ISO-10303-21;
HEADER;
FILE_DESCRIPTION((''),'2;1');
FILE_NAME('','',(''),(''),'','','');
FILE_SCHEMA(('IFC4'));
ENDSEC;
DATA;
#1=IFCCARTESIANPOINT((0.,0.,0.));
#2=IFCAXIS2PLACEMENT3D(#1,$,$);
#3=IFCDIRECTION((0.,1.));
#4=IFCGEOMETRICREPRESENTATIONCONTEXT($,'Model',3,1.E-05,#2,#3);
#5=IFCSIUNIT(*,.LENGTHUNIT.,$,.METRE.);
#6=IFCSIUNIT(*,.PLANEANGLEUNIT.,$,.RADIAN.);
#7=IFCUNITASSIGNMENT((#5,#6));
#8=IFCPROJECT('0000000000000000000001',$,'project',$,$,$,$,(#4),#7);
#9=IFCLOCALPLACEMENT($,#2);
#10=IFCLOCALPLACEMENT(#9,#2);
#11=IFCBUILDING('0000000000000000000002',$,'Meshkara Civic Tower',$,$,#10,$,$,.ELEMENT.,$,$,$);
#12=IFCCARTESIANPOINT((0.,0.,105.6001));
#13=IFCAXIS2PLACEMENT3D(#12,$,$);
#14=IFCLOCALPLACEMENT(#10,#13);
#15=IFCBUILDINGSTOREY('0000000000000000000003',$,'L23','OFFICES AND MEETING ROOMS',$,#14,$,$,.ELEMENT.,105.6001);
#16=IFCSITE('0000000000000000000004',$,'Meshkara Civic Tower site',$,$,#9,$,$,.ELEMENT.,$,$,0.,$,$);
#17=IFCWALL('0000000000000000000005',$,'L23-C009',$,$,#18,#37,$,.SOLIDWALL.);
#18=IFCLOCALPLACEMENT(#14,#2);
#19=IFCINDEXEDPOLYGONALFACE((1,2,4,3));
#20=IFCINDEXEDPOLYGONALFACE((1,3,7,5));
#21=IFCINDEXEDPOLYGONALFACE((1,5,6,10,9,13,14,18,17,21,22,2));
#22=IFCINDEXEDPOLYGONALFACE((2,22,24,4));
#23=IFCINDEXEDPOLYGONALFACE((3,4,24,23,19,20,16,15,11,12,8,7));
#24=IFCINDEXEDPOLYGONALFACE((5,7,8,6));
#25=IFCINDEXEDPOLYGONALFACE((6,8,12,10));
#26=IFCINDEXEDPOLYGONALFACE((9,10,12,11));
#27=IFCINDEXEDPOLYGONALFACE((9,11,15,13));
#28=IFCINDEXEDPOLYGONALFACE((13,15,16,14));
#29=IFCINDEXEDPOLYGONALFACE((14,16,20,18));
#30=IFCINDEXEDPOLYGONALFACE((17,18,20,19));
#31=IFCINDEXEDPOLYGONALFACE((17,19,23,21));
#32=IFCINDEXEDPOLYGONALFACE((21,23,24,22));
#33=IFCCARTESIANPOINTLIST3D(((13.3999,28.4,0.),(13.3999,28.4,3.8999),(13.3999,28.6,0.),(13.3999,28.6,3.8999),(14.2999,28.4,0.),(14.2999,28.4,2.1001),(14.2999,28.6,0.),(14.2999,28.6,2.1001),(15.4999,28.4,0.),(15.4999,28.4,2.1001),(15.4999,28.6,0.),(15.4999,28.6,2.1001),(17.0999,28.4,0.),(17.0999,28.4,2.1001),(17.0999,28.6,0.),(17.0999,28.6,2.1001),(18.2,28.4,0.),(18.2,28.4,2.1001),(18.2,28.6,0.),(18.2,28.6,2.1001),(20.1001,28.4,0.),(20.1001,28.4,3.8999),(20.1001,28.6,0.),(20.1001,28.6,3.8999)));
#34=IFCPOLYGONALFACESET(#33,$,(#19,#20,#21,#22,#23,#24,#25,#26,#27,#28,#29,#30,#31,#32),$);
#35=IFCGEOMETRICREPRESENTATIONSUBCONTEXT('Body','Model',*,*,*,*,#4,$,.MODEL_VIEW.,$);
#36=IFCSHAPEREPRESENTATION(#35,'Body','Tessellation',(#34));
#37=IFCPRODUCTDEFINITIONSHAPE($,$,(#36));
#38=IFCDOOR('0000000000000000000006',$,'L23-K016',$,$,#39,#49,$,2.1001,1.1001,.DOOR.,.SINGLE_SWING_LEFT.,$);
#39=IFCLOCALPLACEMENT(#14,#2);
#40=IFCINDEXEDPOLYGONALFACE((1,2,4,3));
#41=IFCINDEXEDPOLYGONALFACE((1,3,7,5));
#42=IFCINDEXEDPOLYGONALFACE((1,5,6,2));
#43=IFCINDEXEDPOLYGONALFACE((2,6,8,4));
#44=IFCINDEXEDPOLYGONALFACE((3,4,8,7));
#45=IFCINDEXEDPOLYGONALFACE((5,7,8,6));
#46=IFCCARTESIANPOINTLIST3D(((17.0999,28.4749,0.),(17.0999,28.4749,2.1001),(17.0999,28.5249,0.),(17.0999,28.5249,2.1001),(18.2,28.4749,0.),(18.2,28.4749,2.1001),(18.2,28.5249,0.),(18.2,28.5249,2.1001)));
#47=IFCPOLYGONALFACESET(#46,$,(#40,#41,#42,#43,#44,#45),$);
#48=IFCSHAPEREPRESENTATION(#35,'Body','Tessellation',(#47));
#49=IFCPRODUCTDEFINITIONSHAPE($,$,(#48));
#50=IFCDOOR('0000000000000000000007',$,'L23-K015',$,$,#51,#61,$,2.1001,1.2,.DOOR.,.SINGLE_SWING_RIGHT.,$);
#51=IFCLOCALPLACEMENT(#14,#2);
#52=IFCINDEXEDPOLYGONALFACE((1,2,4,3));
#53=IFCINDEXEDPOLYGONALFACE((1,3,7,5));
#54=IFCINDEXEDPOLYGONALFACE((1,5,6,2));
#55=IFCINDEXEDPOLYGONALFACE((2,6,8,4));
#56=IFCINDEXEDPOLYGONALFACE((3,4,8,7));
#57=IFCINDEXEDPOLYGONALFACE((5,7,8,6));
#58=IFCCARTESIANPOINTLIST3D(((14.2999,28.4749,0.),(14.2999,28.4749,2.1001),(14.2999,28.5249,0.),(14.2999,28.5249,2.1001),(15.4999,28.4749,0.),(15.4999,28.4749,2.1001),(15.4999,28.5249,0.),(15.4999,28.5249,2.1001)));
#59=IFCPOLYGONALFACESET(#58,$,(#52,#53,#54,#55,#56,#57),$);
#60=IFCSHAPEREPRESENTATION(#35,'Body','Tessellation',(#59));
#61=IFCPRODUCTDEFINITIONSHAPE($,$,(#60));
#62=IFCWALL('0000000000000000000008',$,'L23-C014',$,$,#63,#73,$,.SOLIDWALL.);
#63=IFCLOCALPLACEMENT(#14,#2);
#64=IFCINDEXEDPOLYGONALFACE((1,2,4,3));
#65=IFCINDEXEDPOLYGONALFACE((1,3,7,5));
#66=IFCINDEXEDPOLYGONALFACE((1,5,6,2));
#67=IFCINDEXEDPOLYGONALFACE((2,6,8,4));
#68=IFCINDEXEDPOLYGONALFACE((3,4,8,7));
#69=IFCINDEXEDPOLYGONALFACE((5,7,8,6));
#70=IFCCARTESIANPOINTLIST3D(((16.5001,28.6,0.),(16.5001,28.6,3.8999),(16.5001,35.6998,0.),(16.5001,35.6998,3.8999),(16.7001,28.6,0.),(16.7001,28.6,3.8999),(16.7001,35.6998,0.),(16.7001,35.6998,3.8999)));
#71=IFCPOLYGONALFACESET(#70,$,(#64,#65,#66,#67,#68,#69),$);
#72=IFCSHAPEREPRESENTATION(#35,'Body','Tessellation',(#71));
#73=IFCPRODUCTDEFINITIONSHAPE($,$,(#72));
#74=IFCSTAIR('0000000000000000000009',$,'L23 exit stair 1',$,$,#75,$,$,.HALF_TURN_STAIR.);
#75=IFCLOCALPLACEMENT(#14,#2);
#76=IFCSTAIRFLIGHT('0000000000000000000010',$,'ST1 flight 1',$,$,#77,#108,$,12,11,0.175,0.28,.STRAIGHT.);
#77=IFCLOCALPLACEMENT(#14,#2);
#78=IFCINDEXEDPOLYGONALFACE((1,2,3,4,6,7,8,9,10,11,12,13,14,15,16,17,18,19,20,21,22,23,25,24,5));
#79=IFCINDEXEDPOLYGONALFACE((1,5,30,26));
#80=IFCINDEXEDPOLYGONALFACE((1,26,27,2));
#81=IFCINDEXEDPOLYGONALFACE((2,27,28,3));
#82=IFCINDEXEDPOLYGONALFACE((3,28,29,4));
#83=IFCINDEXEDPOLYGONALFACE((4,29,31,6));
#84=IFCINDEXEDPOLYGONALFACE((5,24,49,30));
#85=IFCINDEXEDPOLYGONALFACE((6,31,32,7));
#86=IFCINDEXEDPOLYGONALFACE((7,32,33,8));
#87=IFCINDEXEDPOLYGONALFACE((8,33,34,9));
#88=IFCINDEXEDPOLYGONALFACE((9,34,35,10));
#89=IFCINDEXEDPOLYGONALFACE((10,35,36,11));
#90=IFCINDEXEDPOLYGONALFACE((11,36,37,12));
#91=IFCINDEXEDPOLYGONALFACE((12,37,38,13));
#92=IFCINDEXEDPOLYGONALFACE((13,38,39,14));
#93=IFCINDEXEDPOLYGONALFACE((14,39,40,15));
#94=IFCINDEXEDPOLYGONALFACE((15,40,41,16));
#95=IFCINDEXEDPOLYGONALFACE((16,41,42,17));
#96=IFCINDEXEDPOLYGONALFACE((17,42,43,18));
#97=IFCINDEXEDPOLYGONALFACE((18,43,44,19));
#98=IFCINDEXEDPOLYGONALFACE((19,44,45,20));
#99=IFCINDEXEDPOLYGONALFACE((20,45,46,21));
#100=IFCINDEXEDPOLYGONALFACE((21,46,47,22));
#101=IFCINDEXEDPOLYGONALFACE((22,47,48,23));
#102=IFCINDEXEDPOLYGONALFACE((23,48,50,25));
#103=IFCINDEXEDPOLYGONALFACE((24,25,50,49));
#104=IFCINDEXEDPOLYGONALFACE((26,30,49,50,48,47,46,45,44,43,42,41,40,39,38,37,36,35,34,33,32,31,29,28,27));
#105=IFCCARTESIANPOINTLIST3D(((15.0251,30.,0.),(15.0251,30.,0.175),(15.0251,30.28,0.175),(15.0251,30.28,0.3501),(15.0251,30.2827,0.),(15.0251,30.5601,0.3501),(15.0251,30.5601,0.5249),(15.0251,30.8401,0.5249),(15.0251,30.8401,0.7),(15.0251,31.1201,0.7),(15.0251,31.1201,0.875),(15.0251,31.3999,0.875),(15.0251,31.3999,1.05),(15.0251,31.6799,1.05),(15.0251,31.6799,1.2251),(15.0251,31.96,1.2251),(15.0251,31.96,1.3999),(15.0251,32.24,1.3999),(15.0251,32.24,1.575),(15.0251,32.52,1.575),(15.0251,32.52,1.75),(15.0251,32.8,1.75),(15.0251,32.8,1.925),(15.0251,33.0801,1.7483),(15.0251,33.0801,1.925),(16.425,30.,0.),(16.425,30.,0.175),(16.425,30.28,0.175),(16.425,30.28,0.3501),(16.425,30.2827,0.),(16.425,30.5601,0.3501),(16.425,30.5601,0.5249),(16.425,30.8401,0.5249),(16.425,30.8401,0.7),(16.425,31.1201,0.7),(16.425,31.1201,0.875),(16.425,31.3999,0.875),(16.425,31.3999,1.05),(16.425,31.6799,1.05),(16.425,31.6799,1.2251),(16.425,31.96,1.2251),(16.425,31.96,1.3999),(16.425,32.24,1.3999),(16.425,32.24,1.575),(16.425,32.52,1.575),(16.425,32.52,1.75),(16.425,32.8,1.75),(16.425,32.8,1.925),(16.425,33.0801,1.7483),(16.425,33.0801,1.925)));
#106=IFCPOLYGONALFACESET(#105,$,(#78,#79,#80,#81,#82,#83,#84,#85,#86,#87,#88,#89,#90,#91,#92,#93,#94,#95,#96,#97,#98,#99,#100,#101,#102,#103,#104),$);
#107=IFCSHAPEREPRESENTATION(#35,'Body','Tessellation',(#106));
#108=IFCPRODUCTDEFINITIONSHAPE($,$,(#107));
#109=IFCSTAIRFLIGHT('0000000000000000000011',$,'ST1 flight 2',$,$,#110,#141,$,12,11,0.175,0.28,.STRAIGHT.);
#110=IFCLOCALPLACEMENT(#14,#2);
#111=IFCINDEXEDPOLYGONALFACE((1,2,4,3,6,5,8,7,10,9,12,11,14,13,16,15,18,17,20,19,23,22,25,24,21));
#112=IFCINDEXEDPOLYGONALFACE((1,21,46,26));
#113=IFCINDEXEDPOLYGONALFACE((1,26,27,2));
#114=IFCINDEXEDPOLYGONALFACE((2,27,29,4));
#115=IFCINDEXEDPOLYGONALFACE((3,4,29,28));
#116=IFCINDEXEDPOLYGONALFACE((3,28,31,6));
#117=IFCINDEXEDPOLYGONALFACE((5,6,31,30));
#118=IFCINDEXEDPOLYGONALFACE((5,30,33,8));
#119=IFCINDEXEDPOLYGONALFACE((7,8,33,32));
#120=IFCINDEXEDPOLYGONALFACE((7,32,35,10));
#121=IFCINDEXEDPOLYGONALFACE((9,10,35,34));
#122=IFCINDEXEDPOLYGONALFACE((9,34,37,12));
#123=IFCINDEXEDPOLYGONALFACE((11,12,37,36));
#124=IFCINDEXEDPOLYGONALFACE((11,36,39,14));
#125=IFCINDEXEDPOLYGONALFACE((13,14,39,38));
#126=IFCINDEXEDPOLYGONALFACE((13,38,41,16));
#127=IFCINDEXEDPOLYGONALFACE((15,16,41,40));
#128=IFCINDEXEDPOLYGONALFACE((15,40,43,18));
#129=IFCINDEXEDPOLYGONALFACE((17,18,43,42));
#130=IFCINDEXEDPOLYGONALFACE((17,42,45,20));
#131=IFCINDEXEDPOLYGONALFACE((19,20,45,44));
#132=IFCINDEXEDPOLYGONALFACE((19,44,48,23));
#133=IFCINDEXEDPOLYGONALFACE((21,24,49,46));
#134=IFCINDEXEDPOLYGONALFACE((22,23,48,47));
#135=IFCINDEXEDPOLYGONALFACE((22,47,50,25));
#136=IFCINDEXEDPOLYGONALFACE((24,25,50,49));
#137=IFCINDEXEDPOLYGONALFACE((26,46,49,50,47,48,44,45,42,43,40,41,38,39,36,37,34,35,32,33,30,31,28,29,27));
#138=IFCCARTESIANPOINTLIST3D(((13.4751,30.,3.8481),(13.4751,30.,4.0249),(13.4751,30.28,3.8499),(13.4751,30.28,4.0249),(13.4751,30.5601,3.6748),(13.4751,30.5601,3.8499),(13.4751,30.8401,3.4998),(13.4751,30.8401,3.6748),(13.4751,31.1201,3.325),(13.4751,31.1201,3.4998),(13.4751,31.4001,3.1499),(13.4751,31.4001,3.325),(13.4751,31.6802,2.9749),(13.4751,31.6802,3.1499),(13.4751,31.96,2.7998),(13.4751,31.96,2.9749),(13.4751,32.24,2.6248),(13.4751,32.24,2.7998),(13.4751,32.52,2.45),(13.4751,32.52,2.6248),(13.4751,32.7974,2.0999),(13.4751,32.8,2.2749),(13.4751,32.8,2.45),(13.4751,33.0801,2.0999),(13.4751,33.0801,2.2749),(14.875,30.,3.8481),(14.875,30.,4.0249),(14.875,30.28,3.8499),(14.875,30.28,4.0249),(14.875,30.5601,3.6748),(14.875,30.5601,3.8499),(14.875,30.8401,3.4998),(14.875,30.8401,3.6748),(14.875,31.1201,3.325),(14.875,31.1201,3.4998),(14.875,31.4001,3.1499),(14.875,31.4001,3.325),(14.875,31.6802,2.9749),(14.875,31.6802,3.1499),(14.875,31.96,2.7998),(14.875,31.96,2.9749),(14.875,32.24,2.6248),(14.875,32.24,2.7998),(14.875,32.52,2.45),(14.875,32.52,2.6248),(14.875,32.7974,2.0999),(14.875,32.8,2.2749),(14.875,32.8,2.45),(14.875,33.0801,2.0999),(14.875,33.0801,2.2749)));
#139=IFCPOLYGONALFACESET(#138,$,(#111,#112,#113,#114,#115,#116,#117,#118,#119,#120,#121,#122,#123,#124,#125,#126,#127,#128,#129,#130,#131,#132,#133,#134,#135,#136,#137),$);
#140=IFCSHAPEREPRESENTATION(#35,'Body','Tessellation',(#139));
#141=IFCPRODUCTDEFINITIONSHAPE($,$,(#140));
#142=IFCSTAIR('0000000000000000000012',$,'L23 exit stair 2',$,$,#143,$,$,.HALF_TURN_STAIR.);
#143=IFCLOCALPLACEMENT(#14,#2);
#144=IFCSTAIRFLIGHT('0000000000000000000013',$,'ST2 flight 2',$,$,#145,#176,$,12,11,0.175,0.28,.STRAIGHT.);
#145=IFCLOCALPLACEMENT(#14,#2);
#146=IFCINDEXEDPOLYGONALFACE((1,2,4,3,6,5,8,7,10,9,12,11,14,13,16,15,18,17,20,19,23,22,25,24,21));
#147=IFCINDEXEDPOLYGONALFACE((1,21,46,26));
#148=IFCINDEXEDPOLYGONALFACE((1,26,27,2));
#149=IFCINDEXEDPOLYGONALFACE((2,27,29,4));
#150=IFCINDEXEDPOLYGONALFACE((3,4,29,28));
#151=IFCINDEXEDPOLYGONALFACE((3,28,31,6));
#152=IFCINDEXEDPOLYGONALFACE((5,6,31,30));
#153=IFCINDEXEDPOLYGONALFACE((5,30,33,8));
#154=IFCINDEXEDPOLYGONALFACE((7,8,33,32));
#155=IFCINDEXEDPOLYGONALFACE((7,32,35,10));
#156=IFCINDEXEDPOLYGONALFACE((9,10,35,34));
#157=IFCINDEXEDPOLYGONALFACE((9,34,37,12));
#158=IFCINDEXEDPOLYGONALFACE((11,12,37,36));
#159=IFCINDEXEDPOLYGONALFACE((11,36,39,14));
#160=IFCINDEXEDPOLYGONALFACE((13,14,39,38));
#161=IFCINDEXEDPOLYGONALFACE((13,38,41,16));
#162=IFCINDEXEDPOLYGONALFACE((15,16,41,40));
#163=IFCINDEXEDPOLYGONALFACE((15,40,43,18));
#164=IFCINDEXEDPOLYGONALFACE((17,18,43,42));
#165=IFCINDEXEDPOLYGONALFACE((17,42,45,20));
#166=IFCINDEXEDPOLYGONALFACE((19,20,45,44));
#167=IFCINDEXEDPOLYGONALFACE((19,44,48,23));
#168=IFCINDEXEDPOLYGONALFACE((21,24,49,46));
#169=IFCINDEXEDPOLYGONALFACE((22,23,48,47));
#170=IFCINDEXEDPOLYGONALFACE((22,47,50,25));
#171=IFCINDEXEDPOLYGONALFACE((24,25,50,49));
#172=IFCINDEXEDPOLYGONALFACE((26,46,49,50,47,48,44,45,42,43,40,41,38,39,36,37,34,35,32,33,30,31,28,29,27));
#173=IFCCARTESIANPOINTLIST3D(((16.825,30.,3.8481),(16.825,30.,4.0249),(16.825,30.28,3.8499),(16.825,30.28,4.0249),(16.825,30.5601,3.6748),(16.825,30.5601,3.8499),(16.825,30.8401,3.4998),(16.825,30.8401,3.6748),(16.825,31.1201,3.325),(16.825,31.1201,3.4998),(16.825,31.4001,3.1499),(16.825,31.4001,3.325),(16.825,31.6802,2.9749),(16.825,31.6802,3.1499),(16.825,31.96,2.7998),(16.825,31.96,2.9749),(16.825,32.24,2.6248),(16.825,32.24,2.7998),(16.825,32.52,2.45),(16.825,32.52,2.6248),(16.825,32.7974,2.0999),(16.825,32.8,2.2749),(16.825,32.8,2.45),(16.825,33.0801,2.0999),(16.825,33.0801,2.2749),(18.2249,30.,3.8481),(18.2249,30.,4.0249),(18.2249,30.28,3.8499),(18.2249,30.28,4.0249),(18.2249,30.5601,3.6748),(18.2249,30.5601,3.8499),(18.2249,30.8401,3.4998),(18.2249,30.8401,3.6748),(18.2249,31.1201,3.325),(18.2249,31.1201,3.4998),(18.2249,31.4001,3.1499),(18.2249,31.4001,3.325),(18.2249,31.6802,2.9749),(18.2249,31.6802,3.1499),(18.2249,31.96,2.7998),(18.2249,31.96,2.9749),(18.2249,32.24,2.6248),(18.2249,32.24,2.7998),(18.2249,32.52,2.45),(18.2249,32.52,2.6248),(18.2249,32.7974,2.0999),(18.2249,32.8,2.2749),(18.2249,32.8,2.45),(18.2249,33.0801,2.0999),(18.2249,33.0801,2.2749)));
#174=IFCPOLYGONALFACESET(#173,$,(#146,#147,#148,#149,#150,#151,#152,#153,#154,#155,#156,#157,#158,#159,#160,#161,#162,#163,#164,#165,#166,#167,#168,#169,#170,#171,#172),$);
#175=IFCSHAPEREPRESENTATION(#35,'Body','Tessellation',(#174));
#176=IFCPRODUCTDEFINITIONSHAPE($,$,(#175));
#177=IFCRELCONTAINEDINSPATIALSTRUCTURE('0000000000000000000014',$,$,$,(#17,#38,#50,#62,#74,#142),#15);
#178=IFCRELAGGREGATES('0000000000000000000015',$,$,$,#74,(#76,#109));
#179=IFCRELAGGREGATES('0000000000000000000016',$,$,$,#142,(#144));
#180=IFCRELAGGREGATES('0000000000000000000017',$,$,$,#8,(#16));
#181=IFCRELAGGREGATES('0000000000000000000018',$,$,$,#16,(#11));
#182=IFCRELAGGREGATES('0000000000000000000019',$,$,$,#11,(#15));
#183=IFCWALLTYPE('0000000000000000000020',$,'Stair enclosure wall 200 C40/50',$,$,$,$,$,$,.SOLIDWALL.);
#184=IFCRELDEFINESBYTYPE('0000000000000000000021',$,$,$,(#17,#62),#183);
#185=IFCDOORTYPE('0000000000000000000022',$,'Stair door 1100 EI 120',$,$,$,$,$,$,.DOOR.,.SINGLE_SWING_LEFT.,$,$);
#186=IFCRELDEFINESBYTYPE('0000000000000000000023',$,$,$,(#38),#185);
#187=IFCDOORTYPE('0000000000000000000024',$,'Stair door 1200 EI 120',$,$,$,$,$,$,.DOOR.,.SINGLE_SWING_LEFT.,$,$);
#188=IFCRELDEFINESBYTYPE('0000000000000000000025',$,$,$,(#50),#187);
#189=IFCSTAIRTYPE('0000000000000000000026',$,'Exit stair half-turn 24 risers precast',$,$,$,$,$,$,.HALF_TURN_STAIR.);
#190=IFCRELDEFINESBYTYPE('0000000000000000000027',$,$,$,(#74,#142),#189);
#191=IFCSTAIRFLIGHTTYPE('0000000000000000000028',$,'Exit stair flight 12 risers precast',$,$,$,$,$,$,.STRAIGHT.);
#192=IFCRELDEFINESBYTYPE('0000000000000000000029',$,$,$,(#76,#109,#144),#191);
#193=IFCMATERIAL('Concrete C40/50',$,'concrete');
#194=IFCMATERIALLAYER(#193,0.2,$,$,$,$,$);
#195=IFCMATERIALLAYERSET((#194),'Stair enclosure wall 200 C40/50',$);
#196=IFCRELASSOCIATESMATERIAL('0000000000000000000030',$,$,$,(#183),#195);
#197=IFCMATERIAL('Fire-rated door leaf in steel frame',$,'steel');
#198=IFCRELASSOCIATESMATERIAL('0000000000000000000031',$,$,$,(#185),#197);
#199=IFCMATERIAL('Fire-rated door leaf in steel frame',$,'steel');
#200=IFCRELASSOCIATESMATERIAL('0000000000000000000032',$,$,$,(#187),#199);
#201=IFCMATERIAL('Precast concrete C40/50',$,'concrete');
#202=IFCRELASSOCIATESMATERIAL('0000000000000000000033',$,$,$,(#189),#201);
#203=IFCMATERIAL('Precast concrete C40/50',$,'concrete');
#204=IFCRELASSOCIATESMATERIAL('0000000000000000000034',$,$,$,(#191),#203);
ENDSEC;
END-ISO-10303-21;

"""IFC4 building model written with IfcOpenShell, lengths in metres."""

from ifc_helpers import new_model, si_unit, direction, frame, frame_2d, origin, place, context, subcontext, project, spatial, polyline, rectangle, outline, extrude, material, layer, layer_set, type_object, element, fill, aggregate, save


model = new_model("IFC4")

# Units and contexts
model_context = context("Model", 3, precision=1e-05, world=origin(), true_north=direction((0.0, 1.0)))
body_context = subcontext(model_context, "Body", "Model", "MODEL_VIEW")
ifc_project = project(units=[si_unit("LENGTHUNIT", "METRE"), si_unit("PLANEANGLEUNIT", "RADIAN")], contexts=[model_context])

# Site, building, storey
site_placement = place(None, origin())
site = spatial("IfcSite", under=ifc_project, at=site_placement, Name="Meshkara Civic Tower site", CompositionType="ELEMENT", RefElevation=0.0)
building_placement = place(site_placement, origin())
building = spatial("IfcBuilding", under=site, at=building_placement, Name="Meshkara Civic Tower", CompositionType="ELEMENT")
storey_placement = place(building_placement, frame((0.0, 0.0, 105.6001)))
storey = spatial("IfcBuildingStorey", under=building, at=storey_placement, Name="L23", Description="OFFICES AND MEETING ROOMS", CompositionType="ELEMENT", Elevation=105.6001)

# Wall, openings, doors
ifc_material_1 = material(Name="Concrete C40/50", Category="concrete")
ifc_layer_1 = layer(ifc_material_1, 0.2)
ifc_layer_set_1 = layer_set([ifc_layer_1], Name="Stair enclosure wall 200 C40/50")
wall_type_1 = type_object("IfcWallType", Name="Stair enclosure wall 200 C40/50", PredefinedType="SOLIDWALL", material=ifc_layer_set_1)
wall_1_placement = place(storey_placement, frame((13.3999, 28.5, 0.0), z_axis=(0.0, 0.0, 1.0), x_axis=(1.0, 0.0, 0.0)))
wall_1 = element("IfcWall", 1, at=wall_1_placement, inside=storey, type_object=wall_type_1, Name="L23-C009", PredefinedType="SOLIDWALL", context=body_context, shape_type="SweptSolid", body=[
    extrude(rectangle(XDim=6.7002, YDim=0.2, at=frame_2d((3.3501, 0.0))), origin(), (0.0, 0.0, 1.0), 3.8999),
])
opening_1_placement = place(wall_1_placement, frame((0.8999, 0.0, 0.0)))
opening_1 = element("IfcOpeningElement", 2, at=opening_1_placement, cuts=wall_1, PredefinedType="OPENING", context=body_context, shape_type="SweptSolid", body=[
    extrude(rectangle(XDim=1.2, YDim=2.1001, at=frame_2d((0.6001, 1.05))), frame((0.0, 0.1099, 0.0), z_axis=(0.0, -1.0, 0.0), x_axis=(1.0, 0.0, 0.0)), (0.0, 0.0, 1.0), 0.22),
])
opening_2_placement = place(wall_1_placement, frame((3.7, 0.0, 0.0)))
opening_2 = element("IfcOpeningElement", 3, at=opening_2_placement, cuts=wall_1, PredefinedType="OPENING", context=body_context, shape_type="SweptSolid", body=[
    extrude(rectangle(XDim=1.1001, YDim=2.1001, at=frame_2d((0.55, 1.05))), frame((0.0, 0.1099, 0.0), z_axis=(0.0, -1.0, 0.0), x_axis=(1.0, 0.0, 0.0)), (0.0, 0.0, 1.0), 0.22),
])
ifc_material_2 = material(Name="Fire-rated door leaf in steel frame", Category="steel")
door_type_1 = type_object("IfcDoorType", Name="Stair door 1100 EI 120", OperationType="SINGLE_SWING_LEFT", PredefinedType="DOOR", material=ifc_material_2)
door_1_placement = place(opening_2_placement, origin())
door_1 = element("IfcDoor", 4, at=door_1_placement, inside=storey, type_object=door_type_1, Name="L23-K016", OperationType="SINGLE_SWING_LEFT", OverallHeight=2.1001, OverallWidth=1.1001, PredefinedType="DOOR", context=body_context, shape_type="SweptSolid", body=[
    extrude(rectangle(XDim=1.1001, YDim=2.1001, at=frame_2d((0.55, 1.05))), frame((0.0, 0.0249, 0.0), z_axis=(0.0, -1.0, 0.0), x_axis=(1.0, 0.0, 0.0)), (0.0, 0.0, 1.0), 0.05),
])
fill(opening_2, door_1)
ifc_material_3 = material(Name="Fire-rated door leaf in steel frame", Category="steel")
door_type_2 = type_object("IfcDoorType", Name="Stair door 1200 EI 120", OperationType="SINGLE_SWING_LEFT", PredefinedType="DOOR", material=ifc_material_3)
door_2_placement = place(opening_1_placement, origin())
door_2 = element("IfcDoor", 5, at=door_2_placement, inside=storey, type_object=door_type_2, Name="L23-K015", OperationType="SINGLE_SWING_RIGHT", OverallHeight=2.1001, OverallWidth=1.2, PredefinedType="DOOR", context=body_context, shape_type="SweptSolid", body=[
    extrude(rectangle(XDim=1.2, YDim=2.1001, at=frame_2d((0.6001, 1.05))), frame((0.0, 0.0249, 0.0), z_axis=(0.0, -1.0, 0.0), x_axis=(1.0, 0.0, 0.0)), (0.0, 0.0, 1.0), 0.05),
])
fill(opening_1, door_2)

# Wall
wall_2_placement = place(storey_placement, frame((16.6001, 28.6001, 0.0), z_axis=(0.0, 0.0, 1.0), x_axis=(0.0, 1.0, 0.0)))
element("IfcWall", 6, at=wall_2_placement, inside=storey, type_object=wall_type_1, Name="L23-C014", PredefinedType="SOLIDWALL", context=body_context, shape_type="SweptSolid", body=[
    extrude(rectangle(XDim=7.0999, YDim=0.2, at=frame_2d((3.5498, 0.0))), origin(), (0.0, 0.0, 1.0), 3.8999),
])

# Stair, stair flights
ifc_material_4 = material(Name="Precast concrete C40/50", Category="concrete")
stair_type = type_object("IfcStairType", Name="Exit stair half-turn 24 risers precast", PredefinedType="HALF_TURN_STAIR", material=ifc_material_4)
stair_1_placement = place(storey_placement, origin())
stair_1 = element("IfcStair", 7, at=stair_1_placement, inside=storey, type_object=stair_type, Name="L23 exit stair 1", PredefinedType="HALF_TURN_STAIR")
ifc_material_5 = material(Name="Precast concrete C40/50", Category="concrete")
stair_flight_type = type_object("IfcStairFlightType", Name="Exit stair flight 12 risers precast", PredefinedType="STRAIGHT", material=ifc_material_5)
stair_flight_1_placement = place(storey_placement, frame((15.7251, 30.0, 0.0), z_axis=(0.0, 0.0, 1.0), x_axis=(0.0, 1.0, 0.0)))
stair_flight_1 = element("IfcStairFlight", 8, at=stair_flight_1_placement, type_object=stair_flight_type, Name="ST1 flight 1", NumberOfRisers=12, NumberOfTreads=11, PredefinedType="STRAIGHT", RiserHeight=0.175, TreadLength=0.28, context=body_context, shape_type="SweptSolid", body=[
    extrude(outline(polyline([(0.0, 0.0), (0.0, 0.175), (0.28, 0.175), (0.28, 0.3501), (0.5601, 0.3501), (0.5601, 0.5249), (0.8401, 0.5249), (0.8401, 0.7), (1.1201, 0.7), (1.1201, 0.875), (1.3999, 0.875), (1.3999, 1.05), (1.6799, 1.05), (1.6799, 1.2251), (1.96, 1.2251), (1.96, 1.3999), (2.24, 1.3999), (2.24, 1.575), (2.52, 1.575), (2.52, 1.75), (2.8, 1.75), (2.8, 1.925), (3.0801, 1.925), (3.0801, 2.1001), (3.0801, 1.7483), (0.2827, 0.0), (0.0, 0.0)])), frame((0.0, 0.7, 0.0), z_axis=(0.0, -1.0, 0.0), x_axis=(1.0, 0.0, 0.0)), (0.0, 0.0, 1.0), 1.3999),
])
stair_flight_2_placement = place(storey_placement, frame((14.175, 33.0801, 2.0999), z_axis=(0.0, 0.0, 1.0), x_axis=(0.0, -1.0, 0.0)))
stair_flight_2 = element("IfcStairFlight", 9, at=stair_flight_2_placement, type_object=stair_flight_type, Name="ST1 flight 2", NumberOfRisers=12, NumberOfTreads=11, PredefinedType="STRAIGHT", RiserHeight=0.175, TreadLength=0.28, context=body_context, shape_type="SweptSolid", body=[
    extrude(outline(polyline([(0.0, 0.0), (0.0, 0.175), (0.28, 0.175), (0.28, 0.3501), (0.5601, 0.3501), (0.5601, 0.5249), (0.8401, 0.5249), (0.8401, 0.7), (1.1201, 0.7), (1.1201, 0.875), (1.3999, 0.875), (1.3999, 1.05), (1.6799, 1.05), (1.6799, 1.2251), (1.96, 1.2251), (1.96, 1.3999), (2.24, 1.3999), (2.24, 1.575), (2.52, 1.575), (2.52, 1.75), (2.8, 1.75), (2.8, 1.925), (3.0801, 1.925), (3.0801, 2.1001), (3.0801, 1.7483), (0.2827, 0.0), (0.0, 0.0)])), frame((0.0, 0.7, 0.0), z_axis=(0.0, -1.0, 0.0), x_axis=(1.0, 0.0, 0.0)), (0.0, 0.0, 1.0), 1.3999),
])
aggregate(stair_1, [stair_flight_1, stair_flight_2])

# Stair, stair flight
stair_2_placement = place(storey_placement, origin())
stair_2 = element("IfcStair", 10, at=stair_2_placement, inside=storey, type_object=stair_type, Name="L23 exit stair 2", PredefinedType="HALF_TURN_STAIR")
stair_flight_3_placement = place(storey_placement, frame((17.5249, 33.0801, 2.0999), z_axis=(0.0, 0.0, 1.0), x_axis=(0.0, -1.0, 0.0)))
stair_flight_3 = element("IfcStairFlight", 11, at=stair_flight_3_placement, type_object=stair_flight_type, Name="ST2 flight 2", NumberOfRisers=12, NumberOfTreads=11, PredefinedType="STRAIGHT", RiserHeight=0.175, TreadLength=0.28, context=body_context, shape_type="SweptSolid", body=[
    extrude(outline(polyline([(0.0, 0.0), (0.0, 0.175), (0.28, 0.175), (0.28, 0.3501), (0.5601, 0.3501), (0.5601, 0.5249), (0.8401, 0.5249), (0.8401, 0.7), (1.1201, 0.7), (1.1201, 0.875), (1.3999, 0.875), (1.3999, 1.05), (1.6799, 1.05), (1.6799, 1.2251), (1.96, 1.2251), (1.96, 1.3999), (2.24, 1.3999), (2.24, 1.575), (2.52, 1.575), (2.52, 1.75), (2.8, 1.75), (2.8, 1.925), (3.0801, 1.925), (3.0801, 2.1001), (3.0801, 1.7483), (0.2827, 0.0), (0.0, 0.0)])), frame((0.0, 0.7, 0.0), z_axis=(0.0, -1.0, 0.0), x_axis=(1.0, 0.0, 0.0)), (0.0, 0.0, 1.0), 1.3999),
])
aggregate(stair_2, [stair_flight_3])

save(model, "model.ifc")
